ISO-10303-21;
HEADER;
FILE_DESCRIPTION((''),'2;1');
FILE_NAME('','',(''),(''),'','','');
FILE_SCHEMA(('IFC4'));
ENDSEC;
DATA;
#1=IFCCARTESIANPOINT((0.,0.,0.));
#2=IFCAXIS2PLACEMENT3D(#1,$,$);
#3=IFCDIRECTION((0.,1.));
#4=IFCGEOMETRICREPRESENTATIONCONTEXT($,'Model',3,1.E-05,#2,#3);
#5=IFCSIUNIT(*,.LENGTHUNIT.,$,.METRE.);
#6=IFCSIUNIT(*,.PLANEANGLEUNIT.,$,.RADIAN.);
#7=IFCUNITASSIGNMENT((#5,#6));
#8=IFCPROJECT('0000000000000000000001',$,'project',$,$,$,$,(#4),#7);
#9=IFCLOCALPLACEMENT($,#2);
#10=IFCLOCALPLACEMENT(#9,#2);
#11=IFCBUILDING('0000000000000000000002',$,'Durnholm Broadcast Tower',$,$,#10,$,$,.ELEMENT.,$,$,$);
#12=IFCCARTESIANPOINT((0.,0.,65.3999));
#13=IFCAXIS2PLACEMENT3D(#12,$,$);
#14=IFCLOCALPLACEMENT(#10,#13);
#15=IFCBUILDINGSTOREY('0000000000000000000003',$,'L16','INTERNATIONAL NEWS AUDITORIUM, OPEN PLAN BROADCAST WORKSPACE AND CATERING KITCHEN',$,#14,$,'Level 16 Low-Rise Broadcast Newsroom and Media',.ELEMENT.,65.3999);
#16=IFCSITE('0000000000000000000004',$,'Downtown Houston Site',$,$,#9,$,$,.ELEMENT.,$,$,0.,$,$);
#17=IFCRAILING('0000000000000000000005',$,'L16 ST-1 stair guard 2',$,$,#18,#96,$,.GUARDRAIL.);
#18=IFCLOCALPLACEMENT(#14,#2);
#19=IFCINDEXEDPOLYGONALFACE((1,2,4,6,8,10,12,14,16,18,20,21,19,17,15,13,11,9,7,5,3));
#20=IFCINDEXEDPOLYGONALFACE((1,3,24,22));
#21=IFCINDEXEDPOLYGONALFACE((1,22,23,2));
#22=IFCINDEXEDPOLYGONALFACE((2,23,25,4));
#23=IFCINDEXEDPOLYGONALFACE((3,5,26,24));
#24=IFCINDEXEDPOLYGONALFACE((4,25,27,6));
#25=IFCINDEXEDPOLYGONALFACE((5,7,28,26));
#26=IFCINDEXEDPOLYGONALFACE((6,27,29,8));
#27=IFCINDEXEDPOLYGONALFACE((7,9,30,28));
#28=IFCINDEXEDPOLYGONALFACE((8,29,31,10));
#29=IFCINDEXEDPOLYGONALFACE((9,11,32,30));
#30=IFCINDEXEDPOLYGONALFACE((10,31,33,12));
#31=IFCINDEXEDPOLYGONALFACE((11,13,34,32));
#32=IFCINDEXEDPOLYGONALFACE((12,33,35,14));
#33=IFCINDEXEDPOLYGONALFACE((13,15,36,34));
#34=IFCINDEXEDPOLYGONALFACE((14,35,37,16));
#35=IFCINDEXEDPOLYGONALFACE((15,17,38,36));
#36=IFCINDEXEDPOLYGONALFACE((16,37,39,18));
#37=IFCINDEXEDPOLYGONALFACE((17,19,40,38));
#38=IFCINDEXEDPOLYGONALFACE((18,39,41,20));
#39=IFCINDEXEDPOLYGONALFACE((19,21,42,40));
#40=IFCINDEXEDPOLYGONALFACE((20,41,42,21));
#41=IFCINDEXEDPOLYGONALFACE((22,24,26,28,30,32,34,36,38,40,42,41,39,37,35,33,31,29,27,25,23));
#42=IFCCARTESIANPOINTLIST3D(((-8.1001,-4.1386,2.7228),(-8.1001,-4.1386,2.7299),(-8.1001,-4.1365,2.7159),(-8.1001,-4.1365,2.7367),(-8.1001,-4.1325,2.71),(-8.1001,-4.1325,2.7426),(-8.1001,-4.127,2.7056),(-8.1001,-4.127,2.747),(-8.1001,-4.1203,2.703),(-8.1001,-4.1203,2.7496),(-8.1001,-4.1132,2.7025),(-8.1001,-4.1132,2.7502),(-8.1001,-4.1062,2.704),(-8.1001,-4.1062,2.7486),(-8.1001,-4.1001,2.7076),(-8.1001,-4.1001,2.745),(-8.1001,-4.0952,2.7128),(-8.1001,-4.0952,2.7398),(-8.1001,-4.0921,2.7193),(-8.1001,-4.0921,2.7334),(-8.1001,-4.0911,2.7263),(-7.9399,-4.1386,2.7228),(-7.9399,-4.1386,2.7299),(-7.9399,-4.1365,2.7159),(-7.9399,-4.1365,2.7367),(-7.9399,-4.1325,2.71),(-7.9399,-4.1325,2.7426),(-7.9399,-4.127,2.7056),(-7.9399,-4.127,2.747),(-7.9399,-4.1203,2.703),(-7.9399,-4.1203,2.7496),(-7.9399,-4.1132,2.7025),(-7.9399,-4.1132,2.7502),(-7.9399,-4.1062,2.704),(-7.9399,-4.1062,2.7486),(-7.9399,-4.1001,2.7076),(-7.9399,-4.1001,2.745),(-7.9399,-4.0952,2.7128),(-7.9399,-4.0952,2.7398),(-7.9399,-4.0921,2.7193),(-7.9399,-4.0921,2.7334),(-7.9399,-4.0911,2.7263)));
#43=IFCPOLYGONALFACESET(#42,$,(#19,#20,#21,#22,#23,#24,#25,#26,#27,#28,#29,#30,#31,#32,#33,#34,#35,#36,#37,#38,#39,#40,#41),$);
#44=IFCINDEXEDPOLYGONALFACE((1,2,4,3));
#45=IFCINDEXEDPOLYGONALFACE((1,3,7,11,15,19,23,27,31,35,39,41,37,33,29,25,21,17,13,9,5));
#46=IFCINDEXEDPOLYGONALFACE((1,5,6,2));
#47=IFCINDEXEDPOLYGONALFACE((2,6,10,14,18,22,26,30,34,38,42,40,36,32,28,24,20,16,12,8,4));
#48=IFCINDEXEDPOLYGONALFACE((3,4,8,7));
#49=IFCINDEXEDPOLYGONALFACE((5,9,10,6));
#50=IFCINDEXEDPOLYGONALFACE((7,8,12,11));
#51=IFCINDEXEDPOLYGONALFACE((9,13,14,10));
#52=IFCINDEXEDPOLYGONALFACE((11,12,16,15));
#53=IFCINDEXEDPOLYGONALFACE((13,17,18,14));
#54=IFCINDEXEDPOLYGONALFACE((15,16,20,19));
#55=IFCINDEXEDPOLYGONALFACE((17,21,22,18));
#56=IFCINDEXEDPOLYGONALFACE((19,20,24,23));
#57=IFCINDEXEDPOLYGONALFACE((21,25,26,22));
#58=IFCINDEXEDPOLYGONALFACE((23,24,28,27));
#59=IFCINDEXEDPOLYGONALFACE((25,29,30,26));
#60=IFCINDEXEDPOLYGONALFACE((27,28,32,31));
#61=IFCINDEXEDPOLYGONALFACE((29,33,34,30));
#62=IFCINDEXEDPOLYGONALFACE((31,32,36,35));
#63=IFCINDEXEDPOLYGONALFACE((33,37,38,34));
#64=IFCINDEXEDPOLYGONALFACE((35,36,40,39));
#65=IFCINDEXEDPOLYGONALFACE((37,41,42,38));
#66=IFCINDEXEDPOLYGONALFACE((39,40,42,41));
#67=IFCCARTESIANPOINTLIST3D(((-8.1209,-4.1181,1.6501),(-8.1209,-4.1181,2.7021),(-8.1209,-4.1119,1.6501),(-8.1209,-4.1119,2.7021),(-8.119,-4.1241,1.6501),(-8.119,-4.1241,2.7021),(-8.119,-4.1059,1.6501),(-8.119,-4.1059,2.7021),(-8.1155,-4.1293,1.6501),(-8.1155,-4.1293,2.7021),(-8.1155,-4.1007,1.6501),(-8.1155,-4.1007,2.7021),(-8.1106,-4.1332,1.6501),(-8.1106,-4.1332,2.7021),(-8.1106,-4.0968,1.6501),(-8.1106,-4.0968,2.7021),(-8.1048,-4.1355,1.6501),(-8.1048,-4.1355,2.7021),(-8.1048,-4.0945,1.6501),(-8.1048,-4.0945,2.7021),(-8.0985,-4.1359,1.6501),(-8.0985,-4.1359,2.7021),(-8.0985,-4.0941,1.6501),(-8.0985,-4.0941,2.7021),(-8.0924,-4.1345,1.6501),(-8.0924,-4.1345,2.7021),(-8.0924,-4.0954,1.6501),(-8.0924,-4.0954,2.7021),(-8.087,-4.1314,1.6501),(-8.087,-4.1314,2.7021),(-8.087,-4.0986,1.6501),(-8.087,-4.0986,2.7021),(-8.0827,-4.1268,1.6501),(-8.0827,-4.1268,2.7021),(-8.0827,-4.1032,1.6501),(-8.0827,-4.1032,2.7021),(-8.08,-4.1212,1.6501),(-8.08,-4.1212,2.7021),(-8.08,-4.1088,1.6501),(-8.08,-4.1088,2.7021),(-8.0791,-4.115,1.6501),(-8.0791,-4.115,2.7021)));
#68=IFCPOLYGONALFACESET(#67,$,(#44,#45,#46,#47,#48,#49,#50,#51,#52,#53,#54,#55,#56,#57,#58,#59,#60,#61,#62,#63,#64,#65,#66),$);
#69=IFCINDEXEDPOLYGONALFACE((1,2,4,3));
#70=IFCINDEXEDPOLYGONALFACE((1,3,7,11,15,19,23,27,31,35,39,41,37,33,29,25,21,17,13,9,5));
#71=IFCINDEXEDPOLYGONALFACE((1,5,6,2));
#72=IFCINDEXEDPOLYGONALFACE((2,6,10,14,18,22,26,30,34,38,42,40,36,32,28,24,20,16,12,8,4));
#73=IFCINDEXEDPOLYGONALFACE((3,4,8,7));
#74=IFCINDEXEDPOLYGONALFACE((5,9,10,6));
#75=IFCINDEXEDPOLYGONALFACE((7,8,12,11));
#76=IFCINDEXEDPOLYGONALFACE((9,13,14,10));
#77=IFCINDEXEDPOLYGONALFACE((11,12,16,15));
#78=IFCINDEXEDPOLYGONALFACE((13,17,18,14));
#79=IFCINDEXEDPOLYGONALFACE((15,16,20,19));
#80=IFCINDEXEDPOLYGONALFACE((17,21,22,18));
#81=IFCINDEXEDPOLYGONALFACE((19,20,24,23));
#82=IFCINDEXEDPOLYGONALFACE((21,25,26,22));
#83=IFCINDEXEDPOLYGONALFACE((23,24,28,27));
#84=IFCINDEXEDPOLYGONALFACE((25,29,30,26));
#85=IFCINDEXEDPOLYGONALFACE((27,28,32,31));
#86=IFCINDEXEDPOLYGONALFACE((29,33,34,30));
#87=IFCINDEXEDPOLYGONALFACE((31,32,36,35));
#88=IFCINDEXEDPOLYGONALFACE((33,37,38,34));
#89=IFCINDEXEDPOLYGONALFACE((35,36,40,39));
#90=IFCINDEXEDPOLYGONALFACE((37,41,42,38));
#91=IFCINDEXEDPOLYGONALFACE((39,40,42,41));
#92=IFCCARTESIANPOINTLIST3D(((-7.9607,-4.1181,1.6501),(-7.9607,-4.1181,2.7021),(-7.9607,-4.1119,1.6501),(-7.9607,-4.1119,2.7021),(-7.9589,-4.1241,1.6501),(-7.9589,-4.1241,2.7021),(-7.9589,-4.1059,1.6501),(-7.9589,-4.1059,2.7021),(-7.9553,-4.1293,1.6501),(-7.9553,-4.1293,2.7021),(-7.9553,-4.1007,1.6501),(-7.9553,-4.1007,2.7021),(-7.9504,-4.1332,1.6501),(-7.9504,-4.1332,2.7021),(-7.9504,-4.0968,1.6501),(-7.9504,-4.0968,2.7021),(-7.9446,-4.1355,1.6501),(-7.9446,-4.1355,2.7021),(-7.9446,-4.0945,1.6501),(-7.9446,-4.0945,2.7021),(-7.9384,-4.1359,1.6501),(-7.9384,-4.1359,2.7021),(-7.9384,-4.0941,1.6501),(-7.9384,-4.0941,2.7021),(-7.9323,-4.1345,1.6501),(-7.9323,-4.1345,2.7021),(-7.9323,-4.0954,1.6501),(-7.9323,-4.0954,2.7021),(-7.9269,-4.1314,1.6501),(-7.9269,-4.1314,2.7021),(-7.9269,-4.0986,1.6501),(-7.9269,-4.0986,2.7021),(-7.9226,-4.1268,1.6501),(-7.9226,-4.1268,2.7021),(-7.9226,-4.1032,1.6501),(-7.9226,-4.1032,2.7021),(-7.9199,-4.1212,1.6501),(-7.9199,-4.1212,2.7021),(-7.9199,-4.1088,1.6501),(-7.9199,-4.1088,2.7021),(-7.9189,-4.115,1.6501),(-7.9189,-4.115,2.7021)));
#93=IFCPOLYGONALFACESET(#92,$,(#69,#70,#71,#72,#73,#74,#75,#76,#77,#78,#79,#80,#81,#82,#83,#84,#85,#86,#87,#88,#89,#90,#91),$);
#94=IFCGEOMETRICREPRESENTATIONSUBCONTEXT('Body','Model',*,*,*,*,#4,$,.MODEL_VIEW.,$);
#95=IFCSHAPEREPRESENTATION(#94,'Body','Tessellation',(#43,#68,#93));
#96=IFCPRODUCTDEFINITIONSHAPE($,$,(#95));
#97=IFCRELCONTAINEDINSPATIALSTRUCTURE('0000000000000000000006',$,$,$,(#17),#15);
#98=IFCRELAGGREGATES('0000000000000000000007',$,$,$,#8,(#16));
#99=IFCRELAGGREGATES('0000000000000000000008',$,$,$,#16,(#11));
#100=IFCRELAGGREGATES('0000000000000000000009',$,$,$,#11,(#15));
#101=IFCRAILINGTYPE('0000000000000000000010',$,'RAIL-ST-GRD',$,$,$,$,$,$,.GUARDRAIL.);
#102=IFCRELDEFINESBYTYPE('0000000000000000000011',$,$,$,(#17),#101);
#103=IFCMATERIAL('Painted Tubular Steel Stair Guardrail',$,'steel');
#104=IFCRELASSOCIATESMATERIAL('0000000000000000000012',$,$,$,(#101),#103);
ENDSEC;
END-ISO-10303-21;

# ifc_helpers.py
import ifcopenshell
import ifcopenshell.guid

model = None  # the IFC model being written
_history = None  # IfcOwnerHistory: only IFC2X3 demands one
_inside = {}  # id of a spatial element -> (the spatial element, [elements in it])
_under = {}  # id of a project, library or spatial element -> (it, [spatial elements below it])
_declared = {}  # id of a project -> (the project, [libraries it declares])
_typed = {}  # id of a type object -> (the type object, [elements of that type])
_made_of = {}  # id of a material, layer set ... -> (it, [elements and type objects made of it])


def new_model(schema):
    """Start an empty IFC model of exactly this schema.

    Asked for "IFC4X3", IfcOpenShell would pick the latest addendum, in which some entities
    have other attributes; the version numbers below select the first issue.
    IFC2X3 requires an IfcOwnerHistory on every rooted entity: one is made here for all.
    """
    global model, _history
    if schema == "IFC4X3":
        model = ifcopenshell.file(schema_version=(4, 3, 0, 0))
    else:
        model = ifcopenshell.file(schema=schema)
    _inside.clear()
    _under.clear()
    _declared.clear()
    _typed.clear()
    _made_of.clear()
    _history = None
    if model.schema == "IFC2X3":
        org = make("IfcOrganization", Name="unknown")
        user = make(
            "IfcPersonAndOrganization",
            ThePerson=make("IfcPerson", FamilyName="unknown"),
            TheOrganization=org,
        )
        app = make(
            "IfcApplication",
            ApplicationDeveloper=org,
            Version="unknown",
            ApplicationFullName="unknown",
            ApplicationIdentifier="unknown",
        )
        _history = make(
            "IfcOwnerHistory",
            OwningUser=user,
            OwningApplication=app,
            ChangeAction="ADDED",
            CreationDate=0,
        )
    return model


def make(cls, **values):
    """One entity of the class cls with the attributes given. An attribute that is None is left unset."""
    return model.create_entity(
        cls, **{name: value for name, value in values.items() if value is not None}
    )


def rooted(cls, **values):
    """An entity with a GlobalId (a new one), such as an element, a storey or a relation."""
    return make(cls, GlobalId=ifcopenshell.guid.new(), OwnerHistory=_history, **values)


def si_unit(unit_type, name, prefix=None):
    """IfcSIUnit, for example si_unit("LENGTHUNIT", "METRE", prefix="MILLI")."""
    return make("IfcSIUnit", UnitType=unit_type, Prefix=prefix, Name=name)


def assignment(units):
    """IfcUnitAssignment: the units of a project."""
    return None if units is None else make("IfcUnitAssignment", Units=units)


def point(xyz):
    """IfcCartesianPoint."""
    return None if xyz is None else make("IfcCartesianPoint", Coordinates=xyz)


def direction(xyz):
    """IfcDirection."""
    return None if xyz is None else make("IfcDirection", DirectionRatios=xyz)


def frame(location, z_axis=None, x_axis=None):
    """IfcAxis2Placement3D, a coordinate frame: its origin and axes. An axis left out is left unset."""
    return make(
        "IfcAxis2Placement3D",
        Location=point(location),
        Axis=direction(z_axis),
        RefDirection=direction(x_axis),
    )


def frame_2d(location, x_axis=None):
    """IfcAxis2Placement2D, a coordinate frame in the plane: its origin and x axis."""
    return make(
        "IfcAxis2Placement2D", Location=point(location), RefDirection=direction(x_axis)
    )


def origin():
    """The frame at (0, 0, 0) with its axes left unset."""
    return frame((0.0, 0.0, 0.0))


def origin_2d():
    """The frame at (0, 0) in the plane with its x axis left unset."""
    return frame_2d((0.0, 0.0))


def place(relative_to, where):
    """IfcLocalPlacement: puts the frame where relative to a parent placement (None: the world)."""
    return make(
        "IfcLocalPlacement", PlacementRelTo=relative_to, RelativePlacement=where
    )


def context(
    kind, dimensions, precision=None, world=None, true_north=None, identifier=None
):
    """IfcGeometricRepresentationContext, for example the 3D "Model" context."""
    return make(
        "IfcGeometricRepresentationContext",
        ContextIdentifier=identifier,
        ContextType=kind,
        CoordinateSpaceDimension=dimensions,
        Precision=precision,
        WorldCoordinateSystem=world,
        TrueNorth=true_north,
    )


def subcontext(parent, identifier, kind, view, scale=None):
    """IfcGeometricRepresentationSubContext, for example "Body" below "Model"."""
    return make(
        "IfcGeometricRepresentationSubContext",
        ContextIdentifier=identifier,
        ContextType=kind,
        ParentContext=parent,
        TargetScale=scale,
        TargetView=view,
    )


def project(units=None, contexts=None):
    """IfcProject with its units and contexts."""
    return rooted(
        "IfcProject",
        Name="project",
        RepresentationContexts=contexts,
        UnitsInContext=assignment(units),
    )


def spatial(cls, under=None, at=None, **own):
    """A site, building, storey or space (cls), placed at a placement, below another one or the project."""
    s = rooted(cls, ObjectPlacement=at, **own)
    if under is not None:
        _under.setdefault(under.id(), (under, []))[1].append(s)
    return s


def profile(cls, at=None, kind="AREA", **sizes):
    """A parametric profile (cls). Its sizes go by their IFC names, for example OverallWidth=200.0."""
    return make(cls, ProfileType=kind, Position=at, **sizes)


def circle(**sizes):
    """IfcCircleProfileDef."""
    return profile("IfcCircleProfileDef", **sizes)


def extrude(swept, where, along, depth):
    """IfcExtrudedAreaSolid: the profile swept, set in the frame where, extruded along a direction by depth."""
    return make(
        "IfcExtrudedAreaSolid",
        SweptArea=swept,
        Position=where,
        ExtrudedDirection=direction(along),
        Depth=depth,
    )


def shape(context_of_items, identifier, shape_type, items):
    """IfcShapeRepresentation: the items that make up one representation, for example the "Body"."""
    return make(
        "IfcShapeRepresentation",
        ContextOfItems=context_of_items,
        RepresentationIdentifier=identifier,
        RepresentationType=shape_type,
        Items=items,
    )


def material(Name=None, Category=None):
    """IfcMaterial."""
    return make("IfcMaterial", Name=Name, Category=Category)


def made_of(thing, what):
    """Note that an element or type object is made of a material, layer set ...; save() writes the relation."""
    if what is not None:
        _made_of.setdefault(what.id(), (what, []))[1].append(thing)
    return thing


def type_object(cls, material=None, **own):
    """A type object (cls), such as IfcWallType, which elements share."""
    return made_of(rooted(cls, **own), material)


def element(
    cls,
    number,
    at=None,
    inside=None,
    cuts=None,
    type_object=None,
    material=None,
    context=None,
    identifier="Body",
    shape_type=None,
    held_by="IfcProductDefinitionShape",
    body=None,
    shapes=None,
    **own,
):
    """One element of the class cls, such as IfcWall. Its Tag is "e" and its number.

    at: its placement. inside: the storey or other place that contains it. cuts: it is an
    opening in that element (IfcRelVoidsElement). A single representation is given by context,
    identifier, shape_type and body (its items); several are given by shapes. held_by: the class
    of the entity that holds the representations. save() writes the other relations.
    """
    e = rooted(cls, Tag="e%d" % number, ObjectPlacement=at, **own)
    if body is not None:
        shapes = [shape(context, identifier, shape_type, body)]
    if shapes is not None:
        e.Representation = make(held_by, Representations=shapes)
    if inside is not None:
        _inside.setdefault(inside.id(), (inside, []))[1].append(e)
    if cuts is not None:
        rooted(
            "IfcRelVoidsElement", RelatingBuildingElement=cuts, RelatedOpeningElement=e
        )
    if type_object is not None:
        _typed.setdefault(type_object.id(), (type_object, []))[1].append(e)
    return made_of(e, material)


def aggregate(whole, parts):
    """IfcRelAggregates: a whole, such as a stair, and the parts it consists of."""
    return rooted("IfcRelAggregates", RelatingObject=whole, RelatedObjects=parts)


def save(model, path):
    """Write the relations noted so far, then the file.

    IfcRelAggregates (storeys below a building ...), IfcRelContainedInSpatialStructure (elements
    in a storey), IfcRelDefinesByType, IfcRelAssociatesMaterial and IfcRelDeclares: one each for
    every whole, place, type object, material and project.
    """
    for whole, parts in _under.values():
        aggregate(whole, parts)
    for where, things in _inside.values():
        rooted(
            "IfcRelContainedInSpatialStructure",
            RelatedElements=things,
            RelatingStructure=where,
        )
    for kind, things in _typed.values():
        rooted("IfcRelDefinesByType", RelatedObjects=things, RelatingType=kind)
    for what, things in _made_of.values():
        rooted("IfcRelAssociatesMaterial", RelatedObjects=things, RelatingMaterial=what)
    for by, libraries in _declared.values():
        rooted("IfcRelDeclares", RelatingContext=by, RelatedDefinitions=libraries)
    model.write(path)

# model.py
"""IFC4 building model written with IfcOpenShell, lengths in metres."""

from ifc_helpers import new_model, si_unit, direction, frame, origin, origin_2d, place, context, subcontext, project, spatial, circle, extrude, material, type_object, element, save


model = new_model("IFC4")

# Units and contexts
model_context = context("Model", 3, precision=1e-05, world=origin(), true_north=direction((0.0, 1.0)))
body_context = subcontext(model_context, "Body", "Model", "MODEL_VIEW")
ifc_project = project(units=[si_unit("LENGTHUNIT", "METRE"), si_unit("PLANEANGLEUNIT", "RADIAN")], contexts=[model_context])

# Site, building, storey
site_placement = place(None, origin())
site = spatial("IfcSite", under=ifc_project, at=site_placement, Name="Downtown Houston Site", CompositionType="ELEMENT", RefElevation=0.0)
building_placement = place(site_placement, origin())
building = spatial("IfcBuilding", under=site, at=building_placement, Name="Durnholm Broadcast Tower", CompositionType="ELEMENT")
storey_placement = place(building_placement, frame((0.0, 0.0, 65.3999)))
storey = spatial("IfcBuildingStorey", under=building, at=storey_placement, Name="L16", Description="INTERNATIONAL NEWS AUDITORIUM, OPEN PLAN BROADCAST WORKSPACE AND CATERING KITCHEN", LongName="Level 16 Low-Rise Broadcast Newsroom and Media", CompositionType="ELEMENT", Elevation=65.3999)

# Railing
ifc_material_1 = material(Name="Painted Tubular Steel Stair Guardrail", Category="steel")
railing_type_1 = type_object("IfcRailingType", Name="RAIL-ST-GRD", PredefinedType="GUARDRAIL", material=ifc_material_1)
railing_1_placement = place(storey_placement, frame((-8.1001, -4.115, 1.6501)))
element("IfcRailing", 1, at=railing_1_placement, inside=storey, type_object=railing_type_1, Name="L16 ST-1 stair guard 2", PredefinedType="GUARDRAIL", context=body_context, shape_type="SweptSolid", body=[
    extrude(circle(Radius=0.0239, at=origin_2d()), frame((0.0, 0.0, 1.0762), z_axis=(1.0, 0.0, 0.0), x_axis=(0.0, 1.0, 0.0)), (0.0, 0.0, 1.0), 0.1602),
    extrude(circle(Radius=0.021, at=origin_2d()), origin(), (0.0, 0.0, 1.0), 1.052),
    extrude(circle(Radius=0.021, at=origin_2d()), frame((0.1602, 0.0, 0.0)), (0.0, 0.0, 1.0), 1.052),
])

save(model, "model.ifc")
